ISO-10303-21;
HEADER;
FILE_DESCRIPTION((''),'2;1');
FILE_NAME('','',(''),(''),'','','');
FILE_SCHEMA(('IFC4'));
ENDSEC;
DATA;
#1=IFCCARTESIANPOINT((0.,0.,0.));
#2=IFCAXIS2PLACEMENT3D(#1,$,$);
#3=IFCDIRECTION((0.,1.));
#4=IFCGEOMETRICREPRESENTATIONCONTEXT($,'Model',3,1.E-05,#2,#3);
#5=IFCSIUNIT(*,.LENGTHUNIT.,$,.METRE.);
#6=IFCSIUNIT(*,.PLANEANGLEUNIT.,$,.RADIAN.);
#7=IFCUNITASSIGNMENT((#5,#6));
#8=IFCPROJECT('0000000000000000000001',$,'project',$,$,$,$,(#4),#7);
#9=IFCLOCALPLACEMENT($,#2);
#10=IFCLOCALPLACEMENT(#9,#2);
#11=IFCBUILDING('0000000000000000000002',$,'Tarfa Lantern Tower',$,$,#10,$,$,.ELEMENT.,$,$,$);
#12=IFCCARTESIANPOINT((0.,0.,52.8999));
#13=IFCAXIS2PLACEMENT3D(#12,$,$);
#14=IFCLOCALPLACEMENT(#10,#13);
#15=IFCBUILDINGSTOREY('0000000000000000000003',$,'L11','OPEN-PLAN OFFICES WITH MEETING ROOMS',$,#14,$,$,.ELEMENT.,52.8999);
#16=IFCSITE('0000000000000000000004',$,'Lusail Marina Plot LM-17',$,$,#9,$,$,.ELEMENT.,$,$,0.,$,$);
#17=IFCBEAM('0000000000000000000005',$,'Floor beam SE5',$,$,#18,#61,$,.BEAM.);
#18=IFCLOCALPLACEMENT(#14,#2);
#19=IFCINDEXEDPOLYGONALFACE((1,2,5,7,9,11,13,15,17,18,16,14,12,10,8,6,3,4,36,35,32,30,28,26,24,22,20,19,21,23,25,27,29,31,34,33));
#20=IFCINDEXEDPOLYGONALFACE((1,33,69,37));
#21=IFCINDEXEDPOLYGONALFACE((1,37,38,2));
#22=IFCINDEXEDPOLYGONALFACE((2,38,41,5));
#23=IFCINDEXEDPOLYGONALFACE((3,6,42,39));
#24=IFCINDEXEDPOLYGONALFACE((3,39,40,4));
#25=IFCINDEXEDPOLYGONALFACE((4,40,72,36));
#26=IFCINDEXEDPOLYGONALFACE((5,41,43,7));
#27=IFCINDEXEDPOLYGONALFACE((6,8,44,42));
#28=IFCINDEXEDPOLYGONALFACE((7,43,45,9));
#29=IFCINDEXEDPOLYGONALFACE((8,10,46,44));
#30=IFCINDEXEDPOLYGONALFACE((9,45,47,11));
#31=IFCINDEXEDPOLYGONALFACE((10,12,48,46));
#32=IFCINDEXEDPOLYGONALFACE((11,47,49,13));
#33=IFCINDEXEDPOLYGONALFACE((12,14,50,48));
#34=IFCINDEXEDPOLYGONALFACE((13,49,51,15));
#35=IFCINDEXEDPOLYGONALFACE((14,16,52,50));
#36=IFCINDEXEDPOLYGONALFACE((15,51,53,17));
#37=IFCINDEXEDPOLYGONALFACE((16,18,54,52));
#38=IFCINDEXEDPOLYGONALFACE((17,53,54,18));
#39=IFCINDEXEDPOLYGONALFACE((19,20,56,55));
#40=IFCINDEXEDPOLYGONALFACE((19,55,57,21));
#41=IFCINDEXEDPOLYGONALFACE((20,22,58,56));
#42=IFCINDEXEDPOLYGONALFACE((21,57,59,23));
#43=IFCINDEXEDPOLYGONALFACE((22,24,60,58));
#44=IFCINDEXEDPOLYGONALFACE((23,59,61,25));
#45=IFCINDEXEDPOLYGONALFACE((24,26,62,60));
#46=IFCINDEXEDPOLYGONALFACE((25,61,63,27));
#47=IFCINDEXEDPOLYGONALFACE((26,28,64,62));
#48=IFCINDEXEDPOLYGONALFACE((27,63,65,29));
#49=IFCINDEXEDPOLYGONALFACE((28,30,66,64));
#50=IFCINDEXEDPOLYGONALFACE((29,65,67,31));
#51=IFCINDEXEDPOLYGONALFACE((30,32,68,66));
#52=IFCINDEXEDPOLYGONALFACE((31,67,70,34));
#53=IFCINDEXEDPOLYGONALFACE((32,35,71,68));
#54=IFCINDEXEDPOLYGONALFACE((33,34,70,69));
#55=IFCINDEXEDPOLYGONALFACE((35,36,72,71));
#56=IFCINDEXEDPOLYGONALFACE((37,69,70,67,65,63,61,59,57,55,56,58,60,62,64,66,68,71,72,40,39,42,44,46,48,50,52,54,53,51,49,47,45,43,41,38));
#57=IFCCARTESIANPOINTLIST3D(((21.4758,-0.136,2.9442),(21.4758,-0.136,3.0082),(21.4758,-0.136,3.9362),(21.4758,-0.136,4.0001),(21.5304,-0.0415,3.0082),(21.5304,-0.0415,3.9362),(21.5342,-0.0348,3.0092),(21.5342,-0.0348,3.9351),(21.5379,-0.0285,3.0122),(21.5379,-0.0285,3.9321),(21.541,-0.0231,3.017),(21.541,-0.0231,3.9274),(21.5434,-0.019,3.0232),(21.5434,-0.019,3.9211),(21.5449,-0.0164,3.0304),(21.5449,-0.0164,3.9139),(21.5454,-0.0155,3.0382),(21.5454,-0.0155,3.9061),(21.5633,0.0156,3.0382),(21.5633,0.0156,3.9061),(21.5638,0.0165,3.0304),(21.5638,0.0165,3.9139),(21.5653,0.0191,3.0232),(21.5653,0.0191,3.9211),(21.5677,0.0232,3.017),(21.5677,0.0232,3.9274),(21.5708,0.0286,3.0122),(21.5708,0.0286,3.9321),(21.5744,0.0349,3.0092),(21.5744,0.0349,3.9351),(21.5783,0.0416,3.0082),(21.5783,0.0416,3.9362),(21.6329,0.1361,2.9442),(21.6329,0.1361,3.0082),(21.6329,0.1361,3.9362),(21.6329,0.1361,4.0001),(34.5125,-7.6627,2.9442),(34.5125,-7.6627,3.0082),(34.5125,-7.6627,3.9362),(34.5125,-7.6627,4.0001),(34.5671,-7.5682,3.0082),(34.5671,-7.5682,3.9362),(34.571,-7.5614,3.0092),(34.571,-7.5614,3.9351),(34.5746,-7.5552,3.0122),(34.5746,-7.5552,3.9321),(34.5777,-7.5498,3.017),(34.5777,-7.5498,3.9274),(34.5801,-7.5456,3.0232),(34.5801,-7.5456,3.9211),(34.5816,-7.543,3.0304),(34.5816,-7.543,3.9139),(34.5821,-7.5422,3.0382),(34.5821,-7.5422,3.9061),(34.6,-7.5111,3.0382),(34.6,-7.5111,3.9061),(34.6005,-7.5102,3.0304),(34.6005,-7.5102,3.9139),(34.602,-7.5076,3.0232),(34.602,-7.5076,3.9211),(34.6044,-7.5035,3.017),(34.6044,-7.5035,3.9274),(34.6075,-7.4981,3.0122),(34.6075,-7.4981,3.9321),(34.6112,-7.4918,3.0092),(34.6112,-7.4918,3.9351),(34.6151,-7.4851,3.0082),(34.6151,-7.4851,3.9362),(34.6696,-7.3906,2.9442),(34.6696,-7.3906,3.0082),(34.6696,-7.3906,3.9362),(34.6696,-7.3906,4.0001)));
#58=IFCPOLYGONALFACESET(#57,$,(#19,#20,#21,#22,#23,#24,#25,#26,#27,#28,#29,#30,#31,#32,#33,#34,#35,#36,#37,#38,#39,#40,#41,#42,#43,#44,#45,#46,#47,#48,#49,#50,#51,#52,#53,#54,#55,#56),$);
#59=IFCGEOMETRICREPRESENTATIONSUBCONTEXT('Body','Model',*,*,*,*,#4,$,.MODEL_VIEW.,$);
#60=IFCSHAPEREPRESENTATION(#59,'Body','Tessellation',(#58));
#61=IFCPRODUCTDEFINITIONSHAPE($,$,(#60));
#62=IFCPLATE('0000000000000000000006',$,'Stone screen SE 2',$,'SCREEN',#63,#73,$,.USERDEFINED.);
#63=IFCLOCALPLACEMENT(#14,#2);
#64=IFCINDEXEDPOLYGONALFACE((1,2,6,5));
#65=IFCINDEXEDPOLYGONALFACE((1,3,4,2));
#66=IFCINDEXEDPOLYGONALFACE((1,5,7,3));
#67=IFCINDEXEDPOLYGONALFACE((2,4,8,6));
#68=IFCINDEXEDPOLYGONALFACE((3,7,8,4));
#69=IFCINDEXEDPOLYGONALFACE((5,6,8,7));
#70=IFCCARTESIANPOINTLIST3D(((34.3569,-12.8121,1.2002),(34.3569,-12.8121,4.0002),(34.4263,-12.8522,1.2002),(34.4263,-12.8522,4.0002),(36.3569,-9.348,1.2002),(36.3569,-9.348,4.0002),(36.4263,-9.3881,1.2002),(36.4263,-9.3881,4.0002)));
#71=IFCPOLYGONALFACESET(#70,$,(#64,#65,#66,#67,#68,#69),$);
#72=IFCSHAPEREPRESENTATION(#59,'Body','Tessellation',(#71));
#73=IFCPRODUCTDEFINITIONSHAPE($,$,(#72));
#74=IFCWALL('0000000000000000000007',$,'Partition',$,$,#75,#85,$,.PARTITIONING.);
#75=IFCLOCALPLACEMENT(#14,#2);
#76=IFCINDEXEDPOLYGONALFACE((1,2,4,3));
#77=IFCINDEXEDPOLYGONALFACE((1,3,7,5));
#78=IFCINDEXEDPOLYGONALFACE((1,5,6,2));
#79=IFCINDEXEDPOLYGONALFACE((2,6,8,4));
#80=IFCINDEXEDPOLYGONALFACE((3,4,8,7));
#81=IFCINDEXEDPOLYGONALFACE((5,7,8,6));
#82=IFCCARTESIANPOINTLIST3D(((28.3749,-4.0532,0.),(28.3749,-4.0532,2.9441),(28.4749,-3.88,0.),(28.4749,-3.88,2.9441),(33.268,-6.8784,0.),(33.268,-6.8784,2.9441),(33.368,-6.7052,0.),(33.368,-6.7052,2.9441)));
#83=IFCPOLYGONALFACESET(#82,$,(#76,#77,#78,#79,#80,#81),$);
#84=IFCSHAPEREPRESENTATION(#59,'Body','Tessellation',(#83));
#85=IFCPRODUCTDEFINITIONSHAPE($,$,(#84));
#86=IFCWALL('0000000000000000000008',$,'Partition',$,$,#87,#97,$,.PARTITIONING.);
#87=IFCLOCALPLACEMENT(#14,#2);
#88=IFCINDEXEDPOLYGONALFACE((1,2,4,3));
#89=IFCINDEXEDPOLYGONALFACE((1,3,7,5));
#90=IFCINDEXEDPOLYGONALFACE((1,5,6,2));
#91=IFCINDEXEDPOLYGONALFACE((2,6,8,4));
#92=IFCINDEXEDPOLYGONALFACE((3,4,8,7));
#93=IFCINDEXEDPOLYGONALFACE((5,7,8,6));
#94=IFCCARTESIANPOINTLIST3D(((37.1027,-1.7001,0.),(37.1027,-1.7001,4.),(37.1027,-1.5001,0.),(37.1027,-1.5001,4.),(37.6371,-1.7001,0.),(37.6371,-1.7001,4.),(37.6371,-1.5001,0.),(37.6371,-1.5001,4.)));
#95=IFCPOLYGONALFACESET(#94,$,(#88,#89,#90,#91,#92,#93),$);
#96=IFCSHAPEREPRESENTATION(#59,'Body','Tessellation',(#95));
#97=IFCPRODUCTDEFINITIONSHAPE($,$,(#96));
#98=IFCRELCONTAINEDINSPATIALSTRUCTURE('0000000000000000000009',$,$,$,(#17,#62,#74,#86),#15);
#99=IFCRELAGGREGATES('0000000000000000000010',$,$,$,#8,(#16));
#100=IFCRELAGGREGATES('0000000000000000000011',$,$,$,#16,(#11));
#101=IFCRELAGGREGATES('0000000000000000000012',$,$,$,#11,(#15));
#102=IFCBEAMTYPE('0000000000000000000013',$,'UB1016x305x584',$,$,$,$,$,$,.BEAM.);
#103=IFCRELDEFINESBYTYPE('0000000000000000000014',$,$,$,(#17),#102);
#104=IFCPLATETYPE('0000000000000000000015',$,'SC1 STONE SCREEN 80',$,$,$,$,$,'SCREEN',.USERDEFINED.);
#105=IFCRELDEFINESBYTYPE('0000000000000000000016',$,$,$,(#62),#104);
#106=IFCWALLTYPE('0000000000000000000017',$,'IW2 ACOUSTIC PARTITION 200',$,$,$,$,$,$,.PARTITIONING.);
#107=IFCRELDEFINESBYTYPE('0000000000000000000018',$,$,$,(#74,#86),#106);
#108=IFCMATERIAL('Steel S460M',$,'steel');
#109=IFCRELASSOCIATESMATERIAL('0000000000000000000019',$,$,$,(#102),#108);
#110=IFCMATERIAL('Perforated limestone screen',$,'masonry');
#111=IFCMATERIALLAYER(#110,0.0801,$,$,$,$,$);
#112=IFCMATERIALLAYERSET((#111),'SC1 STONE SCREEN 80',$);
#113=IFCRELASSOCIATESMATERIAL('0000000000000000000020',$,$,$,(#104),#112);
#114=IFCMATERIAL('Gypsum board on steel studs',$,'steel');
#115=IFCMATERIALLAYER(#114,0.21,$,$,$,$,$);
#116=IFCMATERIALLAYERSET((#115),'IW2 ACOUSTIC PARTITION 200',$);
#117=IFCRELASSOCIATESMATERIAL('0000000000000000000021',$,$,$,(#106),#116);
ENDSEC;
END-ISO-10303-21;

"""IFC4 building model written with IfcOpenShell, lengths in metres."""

from ifc_helpers import new_model, si_unit, direction, frame, frame_2d, origin, origin_2d, place, context, subcontext, project, spatial, rectangle, i_section, extrude, material, layer, layer_set, material_profile, profile_set, type_object, element, save


model = new_model("IFC4")

# Units and contexts
model_context = context("Model", 3, precision=1e-05, world=origin(), true_north=direction((0.0, 1.0)))
body_context = subcontext(model_context, "Body", "Model", "MODEL_VIEW")
ifc_project = project(units=[si_unit("LENGTHUNIT", "METRE"), si_unit("PLANEANGLEUNIT", "RADIAN")], contexts=[model_context])

# Site, building, storey
site_placement = place(None, origin())
site = spatial("IfcSite", under=ifc_project, at=site_placement, Name="Lusail Marina Plot LM-17", CompositionType="ELEMENT", RefElevation=0.0)
building_placement = place(site_placement, origin())
building = spatial("IfcBuilding", under=site, at=building_placement, Name="Tarfa Lantern Tower", CompositionType="ELEMENT")
storey_placement = place(building_placement, frame((0.0, 0.0, 52.8999)))
storey = spatial("IfcBuildingStorey", under=building, at=storey_placement, Name="L11", Description="OPEN-PLAN OFFICES WITH MEETING ROOMS", CompositionType="ELEMENT", Elevation=52.8999)

# Beam
ifc_material_1 = material(Name="Steel S460M", Category="steel")
ifc_material_profile_1 = material_profile(ifc_material_1, i_section(OverallWidth=0.3142, OverallDepth=1.0559, WebThickness=0.0359, FlangeThickness=0.064, FilletRadius=0.03, at=origin_2d()), Name="UB1016x305x584")
ifc_profile_set_1 = profile_set([ifc_material_profile_1], Name="Steel S460M")
beam_type_1 = type_object("IfcBeamType", Name="UB1016x305x584", PredefinedType="BEAM", material=ifc_profile_set_1)
beam_1_placement = place(storey_placement, frame((34.5911, -7.5266, 3.4722), z_axis=(-0.866028, 0.499996, 0.0), x_axis=(-0.499996, -0.866028, 0.0)))
element("IfcBeam", 1, at=beam_1_placement, inside=storey, type_object=beam_type_1, Name="Floor beam SE5", PredefinedType="BEAM", context=body_context, shape_type="SweptSolid", body=[
    extrude(i_section(OverallWidth=0.3142, OverallDepth=1.0559, WebThickness=0.0359, FlangeThickness=0.064, FilletRadius=0.03, at=origin_2d()), origin(), (0.0, 0.0, 1.0), 15.0535),
])

# Plate
ifc_material_2 = material(Name="Perforated limestone screen", Category="masonry")
ifc_layer_1 = layer(ifc_material_2, 0.0801)
ifc_layer_set_1 = layer_set([ifc_layer_1], Name="SC1 STONE SCREEN 80")
plate_type = type_object("IfcPlateType", Name="SC1 STONE SCREEN 80", ElementType="SCREEN", PredefinedType="USERDEFINED", material=ifc_layer_set_1)
plate_placement = place(storey_placement, frame((35.3916, -11.1001, 1.2002), z_axis=(0.0, 0.0, 1.0), x_axis=(0.5, 0.866025, 0.0)))
element("IfcPlate", 2, at=plate_placement, inside=storey, type_object=plate_type, Name="Stone screen SE 2", ObjectType="SCREEN", PredefinedType="USERDEFINED", context=body_context, shape_type="SweptSolid", body=[
    extrude(rectangle(XDim=4.0, YDim=0.0801, at=origin_2d()), origin(), (0.0, 0.0, 1.0), 2.8),
])

# Walls
ifc_material_3 = material(Name="Gypsum board on steel studs", Category="steel")
ifc_layer_2 = layer(ifc_material_3, 0.21)
ifc_layer_set_2 = layer_set([ifc_layer_2], Name="IW2 ACOUSTIC PARTITION 200")
wall_type = type_object("IfcWallType", Name="IW2 ACOUSTIC PARTITION 200", PredefinedType="PARTITIONING", material=ifc_layer_set_2)
wall_1_placement = place(storey_placement, frame((28.4248, -3.9666, 0.0), z_axis=(0.0, 0.0, 1.0), x_axis=(0.866011, -0.500024, 0.0)))
element("IfcWall", 3, at=wall_1_placement, inside=storey, type_object=wall_type, Name="Partition", PredefinedType="PARTITIONING", context=body_context, shape_type="SweptSolid", body=[
    extrude(rectangle(XDim=5.6501, YDim=0.2, at=frame_2d((2.8252, 0.0))), origin(), (0.0, 0.0, 1.0), 2.9441),
])
wall_2_placement = place(storey_placement, frame((37.1028, -1.6001, 0.0), z_axis=(0.0, 0.0, 1.0), x_axis=(1.0, 0.0, 0.0)))
element("IfcWall", 4, at=wall_2_placement, inside=storey, type_object=wall_type, Name="Partition", PredefinedType="PARTITIONING", context=body_context, shape_type="SweptSolid", body=[
    extrude(rectangle(XDim=0.5344, YDim=0.2, at=frame_2d((0.2671, 0.0))), origin(), (0.0, 0.0, 1.0), 4.0),
])

save(model, "model.ifc")
